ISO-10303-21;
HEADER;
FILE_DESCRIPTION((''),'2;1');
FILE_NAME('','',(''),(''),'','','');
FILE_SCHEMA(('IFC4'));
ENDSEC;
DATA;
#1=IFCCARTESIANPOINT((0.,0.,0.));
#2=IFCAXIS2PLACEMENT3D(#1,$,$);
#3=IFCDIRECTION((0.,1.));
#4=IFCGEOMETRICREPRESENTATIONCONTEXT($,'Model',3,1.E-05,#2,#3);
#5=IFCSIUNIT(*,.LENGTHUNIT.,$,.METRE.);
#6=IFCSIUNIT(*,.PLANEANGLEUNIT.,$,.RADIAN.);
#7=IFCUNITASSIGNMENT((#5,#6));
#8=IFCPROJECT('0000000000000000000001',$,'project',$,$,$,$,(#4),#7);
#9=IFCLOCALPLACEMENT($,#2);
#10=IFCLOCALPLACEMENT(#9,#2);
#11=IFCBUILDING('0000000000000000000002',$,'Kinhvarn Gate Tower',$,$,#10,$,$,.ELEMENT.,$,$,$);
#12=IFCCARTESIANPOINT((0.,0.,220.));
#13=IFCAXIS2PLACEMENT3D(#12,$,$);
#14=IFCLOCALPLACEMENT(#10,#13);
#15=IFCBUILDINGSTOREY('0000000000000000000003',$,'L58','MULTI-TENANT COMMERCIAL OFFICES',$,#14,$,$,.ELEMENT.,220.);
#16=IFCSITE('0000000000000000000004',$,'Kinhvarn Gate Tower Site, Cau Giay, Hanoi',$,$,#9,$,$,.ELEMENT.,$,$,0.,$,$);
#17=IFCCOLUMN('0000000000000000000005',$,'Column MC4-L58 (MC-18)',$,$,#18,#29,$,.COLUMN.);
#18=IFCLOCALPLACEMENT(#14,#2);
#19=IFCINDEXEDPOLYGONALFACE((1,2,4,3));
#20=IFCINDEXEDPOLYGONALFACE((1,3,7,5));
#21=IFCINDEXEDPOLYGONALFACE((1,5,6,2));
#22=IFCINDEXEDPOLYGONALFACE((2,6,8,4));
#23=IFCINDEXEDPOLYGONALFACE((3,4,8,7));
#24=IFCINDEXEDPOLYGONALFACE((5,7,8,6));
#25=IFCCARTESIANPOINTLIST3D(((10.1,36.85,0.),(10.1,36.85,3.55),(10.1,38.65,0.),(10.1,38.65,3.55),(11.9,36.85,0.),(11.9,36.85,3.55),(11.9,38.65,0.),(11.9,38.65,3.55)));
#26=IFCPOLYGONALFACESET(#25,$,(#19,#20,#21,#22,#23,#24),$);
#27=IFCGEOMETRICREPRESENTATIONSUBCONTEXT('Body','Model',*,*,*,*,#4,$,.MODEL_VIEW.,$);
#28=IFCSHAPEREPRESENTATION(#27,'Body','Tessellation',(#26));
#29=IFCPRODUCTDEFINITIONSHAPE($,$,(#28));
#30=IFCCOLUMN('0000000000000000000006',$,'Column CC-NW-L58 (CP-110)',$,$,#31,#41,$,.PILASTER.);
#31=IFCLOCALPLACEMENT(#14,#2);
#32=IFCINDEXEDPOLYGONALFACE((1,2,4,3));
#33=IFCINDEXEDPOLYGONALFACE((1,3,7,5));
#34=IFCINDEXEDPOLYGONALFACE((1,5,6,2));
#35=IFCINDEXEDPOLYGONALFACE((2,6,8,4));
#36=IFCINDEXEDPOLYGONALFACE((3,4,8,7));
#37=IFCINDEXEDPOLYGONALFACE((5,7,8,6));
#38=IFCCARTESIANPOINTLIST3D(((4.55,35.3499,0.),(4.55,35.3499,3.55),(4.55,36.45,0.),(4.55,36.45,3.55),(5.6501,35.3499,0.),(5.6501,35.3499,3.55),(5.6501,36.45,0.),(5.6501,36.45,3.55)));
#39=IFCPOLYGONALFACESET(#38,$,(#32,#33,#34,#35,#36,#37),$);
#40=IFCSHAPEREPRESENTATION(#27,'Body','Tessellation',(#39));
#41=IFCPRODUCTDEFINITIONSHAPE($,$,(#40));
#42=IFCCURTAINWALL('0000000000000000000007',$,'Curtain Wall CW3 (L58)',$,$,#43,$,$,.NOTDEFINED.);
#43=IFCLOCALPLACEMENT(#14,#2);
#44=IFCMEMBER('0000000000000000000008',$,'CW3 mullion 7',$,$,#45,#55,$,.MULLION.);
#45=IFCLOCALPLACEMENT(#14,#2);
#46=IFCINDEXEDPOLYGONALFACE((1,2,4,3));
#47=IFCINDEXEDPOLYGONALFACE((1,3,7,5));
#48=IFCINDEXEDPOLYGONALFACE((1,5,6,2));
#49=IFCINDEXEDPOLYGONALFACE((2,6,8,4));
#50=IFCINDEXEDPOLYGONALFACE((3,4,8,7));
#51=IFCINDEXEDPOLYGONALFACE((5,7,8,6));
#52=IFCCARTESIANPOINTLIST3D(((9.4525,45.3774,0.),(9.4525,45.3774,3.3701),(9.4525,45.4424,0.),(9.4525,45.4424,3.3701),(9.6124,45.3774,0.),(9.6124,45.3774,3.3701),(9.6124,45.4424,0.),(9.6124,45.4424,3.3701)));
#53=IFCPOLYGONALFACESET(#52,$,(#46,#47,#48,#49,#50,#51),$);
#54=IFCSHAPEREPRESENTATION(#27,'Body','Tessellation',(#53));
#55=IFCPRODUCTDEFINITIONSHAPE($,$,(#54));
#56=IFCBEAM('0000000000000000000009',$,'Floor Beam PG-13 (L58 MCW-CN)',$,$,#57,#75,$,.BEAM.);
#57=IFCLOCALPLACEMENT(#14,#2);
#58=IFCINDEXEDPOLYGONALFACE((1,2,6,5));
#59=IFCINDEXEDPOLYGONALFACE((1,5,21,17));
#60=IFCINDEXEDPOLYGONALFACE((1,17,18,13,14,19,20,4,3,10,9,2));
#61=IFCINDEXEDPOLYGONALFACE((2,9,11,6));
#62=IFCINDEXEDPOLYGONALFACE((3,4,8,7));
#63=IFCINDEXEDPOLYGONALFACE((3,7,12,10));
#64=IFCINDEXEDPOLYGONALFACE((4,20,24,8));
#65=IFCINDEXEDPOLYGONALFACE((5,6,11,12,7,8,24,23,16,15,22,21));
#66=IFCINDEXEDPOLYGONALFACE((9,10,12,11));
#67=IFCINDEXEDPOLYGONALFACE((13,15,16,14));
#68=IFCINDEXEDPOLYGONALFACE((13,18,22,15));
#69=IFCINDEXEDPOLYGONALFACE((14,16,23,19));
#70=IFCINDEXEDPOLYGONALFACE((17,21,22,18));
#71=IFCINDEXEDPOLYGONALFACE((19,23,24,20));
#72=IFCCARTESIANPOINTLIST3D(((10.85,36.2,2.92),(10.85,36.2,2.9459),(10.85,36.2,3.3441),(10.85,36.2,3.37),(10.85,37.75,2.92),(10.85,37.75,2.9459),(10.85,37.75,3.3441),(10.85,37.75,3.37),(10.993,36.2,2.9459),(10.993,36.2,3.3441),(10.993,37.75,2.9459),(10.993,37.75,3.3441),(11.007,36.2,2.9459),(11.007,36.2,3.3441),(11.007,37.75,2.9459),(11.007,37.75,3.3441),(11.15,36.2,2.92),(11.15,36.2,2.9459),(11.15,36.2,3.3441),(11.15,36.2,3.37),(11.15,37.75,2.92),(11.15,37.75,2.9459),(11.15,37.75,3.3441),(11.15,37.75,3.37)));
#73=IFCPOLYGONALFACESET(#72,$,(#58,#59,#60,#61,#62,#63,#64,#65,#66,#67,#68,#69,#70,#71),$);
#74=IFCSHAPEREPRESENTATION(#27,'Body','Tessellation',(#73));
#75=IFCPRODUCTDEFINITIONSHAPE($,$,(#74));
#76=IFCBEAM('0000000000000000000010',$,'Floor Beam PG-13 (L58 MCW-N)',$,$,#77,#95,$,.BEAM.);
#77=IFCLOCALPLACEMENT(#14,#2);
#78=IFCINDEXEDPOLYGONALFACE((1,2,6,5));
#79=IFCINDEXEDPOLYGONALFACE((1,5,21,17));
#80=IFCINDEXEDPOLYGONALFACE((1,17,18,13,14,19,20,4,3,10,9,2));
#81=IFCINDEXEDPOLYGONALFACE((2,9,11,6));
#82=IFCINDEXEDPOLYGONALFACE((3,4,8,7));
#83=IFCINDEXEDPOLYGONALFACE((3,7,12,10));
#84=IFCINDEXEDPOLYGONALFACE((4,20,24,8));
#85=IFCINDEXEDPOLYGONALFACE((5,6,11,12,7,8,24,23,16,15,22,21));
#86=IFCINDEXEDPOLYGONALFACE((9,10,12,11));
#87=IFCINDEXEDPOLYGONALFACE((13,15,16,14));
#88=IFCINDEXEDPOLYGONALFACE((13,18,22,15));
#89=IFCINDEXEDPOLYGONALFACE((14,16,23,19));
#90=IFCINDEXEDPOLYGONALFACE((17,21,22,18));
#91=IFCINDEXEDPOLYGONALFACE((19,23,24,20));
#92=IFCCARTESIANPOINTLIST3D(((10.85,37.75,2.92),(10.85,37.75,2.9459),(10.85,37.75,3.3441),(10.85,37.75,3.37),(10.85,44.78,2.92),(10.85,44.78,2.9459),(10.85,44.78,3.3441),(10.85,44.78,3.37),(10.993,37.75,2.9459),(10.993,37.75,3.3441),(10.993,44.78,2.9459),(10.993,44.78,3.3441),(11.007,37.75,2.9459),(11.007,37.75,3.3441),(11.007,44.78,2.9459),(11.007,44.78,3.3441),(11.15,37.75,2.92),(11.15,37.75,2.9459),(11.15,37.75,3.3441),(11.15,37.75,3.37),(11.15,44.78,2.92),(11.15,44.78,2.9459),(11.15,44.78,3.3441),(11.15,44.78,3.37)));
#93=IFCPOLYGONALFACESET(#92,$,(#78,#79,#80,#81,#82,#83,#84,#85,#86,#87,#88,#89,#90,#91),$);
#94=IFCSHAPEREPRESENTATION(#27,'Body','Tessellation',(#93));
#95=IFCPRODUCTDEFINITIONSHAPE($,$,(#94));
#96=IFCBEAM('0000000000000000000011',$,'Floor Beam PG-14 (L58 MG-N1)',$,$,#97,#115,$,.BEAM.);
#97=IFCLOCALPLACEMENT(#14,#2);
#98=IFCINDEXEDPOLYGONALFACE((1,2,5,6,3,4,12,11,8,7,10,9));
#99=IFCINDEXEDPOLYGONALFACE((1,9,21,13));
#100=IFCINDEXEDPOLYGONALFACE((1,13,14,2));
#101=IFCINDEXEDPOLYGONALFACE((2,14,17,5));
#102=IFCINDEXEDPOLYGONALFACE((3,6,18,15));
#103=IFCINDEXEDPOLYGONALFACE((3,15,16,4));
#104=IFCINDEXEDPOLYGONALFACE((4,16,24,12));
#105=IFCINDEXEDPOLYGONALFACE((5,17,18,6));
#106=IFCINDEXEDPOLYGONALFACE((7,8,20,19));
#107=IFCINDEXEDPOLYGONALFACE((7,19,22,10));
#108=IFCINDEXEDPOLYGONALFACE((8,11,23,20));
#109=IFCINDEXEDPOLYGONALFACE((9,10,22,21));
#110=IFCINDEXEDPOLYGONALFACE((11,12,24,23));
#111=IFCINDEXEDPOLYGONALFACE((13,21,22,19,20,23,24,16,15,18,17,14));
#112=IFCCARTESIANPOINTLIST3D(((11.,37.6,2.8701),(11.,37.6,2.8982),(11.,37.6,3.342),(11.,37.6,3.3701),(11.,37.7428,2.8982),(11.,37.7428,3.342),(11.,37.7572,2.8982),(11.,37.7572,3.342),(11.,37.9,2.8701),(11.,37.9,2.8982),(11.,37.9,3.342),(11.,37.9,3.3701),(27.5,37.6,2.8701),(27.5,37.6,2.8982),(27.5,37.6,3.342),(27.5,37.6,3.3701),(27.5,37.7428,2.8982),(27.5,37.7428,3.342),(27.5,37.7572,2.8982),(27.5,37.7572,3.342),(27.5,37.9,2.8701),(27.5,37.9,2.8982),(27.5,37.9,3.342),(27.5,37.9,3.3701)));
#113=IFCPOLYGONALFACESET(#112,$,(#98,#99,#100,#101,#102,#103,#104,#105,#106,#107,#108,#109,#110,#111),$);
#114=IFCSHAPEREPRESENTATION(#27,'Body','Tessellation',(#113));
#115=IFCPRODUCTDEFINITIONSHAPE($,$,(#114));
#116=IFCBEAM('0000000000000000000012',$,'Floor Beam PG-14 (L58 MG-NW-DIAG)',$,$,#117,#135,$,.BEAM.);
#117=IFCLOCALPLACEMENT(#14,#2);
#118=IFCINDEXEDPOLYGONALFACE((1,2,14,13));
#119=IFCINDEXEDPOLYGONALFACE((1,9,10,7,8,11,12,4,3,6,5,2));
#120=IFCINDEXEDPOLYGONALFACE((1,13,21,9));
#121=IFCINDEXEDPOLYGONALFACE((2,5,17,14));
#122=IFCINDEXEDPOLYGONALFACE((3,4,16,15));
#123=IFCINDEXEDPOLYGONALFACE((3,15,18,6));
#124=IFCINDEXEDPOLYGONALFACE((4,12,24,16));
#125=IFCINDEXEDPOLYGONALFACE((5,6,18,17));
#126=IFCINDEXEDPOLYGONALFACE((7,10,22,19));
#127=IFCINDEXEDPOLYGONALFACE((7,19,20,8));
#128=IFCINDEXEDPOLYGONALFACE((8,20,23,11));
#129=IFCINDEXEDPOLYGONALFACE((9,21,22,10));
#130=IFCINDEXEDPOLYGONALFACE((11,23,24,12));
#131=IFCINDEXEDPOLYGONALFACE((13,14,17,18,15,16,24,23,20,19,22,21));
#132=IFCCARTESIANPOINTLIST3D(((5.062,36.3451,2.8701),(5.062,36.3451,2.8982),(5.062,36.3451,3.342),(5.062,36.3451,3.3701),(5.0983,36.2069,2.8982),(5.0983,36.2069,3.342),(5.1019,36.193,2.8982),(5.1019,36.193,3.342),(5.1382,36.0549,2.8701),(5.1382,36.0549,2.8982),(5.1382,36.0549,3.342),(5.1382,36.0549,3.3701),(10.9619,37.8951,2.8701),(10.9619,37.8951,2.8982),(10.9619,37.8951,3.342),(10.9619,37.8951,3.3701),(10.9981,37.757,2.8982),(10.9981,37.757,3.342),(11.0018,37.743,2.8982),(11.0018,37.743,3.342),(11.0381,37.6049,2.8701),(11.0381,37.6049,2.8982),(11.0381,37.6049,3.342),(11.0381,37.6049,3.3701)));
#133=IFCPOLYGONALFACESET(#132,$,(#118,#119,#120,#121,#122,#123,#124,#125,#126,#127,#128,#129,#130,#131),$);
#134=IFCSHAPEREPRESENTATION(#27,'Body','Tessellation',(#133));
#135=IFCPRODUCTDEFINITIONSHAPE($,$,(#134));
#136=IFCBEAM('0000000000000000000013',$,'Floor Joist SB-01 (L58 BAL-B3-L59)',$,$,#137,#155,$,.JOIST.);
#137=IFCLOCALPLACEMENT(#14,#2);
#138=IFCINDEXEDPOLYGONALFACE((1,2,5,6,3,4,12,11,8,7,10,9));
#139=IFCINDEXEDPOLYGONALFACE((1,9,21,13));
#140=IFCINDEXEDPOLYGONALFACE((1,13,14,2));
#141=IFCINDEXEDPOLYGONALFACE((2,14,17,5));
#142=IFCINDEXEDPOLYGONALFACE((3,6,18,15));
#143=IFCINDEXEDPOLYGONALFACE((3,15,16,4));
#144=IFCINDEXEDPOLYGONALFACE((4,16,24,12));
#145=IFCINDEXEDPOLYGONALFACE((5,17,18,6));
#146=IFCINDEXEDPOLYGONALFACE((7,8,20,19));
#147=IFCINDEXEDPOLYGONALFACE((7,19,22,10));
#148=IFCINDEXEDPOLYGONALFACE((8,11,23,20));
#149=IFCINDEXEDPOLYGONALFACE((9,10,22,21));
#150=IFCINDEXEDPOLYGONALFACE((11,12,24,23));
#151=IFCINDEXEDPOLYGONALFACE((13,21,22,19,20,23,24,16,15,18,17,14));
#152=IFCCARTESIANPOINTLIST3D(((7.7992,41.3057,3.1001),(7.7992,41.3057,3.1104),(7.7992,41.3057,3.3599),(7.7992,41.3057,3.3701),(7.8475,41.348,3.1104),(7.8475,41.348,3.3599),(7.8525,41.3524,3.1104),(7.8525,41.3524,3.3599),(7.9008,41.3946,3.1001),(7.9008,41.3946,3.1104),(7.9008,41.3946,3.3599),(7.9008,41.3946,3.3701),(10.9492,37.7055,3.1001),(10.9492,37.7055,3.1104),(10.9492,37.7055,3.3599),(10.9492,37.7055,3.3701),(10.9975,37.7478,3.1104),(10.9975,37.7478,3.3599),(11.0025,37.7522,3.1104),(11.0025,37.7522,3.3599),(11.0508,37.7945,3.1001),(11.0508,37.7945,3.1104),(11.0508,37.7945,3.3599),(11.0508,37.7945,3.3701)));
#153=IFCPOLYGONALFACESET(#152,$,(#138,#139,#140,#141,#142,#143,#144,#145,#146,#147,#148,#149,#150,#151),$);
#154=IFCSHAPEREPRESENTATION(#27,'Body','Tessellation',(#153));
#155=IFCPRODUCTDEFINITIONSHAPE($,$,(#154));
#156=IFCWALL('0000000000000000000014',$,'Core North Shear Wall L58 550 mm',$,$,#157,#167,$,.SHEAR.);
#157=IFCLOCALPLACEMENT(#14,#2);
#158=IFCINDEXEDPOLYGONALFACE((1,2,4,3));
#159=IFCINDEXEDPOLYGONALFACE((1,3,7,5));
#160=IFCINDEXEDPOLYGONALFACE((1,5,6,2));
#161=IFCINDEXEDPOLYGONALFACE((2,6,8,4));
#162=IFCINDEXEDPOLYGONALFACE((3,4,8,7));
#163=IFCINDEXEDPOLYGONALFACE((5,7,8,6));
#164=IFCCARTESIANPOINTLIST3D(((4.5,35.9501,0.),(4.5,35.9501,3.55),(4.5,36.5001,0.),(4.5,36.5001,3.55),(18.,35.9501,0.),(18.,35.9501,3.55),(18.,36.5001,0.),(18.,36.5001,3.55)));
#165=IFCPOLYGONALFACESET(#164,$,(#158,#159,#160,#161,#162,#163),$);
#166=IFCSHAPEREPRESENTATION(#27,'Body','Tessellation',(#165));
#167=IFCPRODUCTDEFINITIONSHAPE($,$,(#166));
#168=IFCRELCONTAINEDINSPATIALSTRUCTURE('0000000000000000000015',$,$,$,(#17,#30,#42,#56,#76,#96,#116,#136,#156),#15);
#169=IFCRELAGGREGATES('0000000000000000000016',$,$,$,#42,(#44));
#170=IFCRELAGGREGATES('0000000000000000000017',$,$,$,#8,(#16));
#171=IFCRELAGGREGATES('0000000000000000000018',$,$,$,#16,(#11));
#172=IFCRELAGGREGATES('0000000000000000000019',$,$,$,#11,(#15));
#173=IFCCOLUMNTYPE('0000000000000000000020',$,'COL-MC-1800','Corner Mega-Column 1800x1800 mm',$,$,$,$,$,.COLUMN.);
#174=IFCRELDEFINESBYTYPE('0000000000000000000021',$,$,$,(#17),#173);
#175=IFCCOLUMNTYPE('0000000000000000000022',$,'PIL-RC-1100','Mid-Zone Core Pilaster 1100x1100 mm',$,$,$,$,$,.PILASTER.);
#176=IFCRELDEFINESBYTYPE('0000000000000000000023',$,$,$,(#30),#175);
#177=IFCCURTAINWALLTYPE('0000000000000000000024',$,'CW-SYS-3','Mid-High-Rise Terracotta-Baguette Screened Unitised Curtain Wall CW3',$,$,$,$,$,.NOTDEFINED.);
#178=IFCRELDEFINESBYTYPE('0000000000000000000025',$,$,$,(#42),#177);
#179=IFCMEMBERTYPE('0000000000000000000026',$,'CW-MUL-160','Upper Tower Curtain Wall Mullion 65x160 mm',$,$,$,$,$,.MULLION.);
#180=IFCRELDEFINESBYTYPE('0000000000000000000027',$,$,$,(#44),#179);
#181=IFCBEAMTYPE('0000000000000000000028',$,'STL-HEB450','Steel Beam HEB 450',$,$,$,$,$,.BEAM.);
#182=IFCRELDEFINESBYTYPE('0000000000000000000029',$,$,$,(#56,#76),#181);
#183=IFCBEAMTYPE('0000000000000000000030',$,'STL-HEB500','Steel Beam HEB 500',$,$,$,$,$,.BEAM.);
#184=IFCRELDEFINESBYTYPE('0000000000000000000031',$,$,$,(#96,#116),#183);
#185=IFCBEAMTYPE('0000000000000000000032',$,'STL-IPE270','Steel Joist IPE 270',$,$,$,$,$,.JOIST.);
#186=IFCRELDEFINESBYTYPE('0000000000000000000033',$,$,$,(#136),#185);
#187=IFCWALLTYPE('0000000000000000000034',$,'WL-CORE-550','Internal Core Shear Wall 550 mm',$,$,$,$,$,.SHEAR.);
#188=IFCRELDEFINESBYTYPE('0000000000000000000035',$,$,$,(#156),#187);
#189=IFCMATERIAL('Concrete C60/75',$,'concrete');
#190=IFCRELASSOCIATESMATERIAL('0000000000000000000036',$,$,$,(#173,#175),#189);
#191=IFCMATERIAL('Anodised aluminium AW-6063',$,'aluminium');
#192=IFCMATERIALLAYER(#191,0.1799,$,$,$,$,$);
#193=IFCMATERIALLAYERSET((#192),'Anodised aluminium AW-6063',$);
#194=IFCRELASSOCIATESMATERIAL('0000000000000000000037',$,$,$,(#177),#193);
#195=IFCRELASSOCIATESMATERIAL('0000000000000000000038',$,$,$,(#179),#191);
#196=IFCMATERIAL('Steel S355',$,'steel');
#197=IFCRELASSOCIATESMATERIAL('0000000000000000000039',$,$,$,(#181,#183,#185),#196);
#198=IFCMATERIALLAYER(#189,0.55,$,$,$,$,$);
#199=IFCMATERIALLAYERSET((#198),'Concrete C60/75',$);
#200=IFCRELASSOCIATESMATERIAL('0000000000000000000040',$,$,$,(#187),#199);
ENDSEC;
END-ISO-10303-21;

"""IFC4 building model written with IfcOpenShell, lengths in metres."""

from ifc_helpers import new_model, si_unit, direction, frame, frame_2d, origin, origin_2d, place, context, subcontext, project, spatial, rectangle, i_section, extrude, material, layer, layer_set, material_profile, profile_set, type_object, element, aggregate, save


model = new_model("IFC4")

# Units and contexts
model_context = context("Model", 3, precision=1e-05, world=origin(), true_north=direction((0.0, 1.0)))
body_context = subcontext(model_context, "Body", "Model", "MODEL_VIEW")
ifc_project = project(units=[si_unit("LENGTHUNIT", "METRE"), si_unit("PLANEANGLEUNIT", "RADIAN")], contexts=[model_context])

# Site, building, storey
site_placement = place(None, origin())
site = spatial("IfcSite", under=ifc_project, at=site_placement, Name="Kinhvarn Gate Tower Site, Cau Giay, Hanoi", CompositionType="ELEMENT", RefElevation=0.0)
building_placement = place(site_placement, origin())
building = spatial("IfcBuilding", under=site, at=building_placement, Name="Kinhvarn Gate Tower", CompositionType="ELEMENT")
storey_placement = place(building_placement, frame((0.0, 0.0, 220.0)))
storey = spatial("IfcBuildingStorey", under=building, at=storey_placement, Name="L58", Description="MULTI-TENANT COMMERCIAL OFFICES", CompositionType="ELEMENT", Elevation=220.0)

# Columns
ifc_material_1 = material(Name="Concrete C60/75", Category="concrete")
ifc_material_profile_1 = material_profile(ifc_material_1, rectangle(XDim=1.8, YDim=1.8, at=origin_2d()), Name="RC 1800x1800")
ifc_profile_set_1 = profile_set([ifc_material_profile_1], Name="Concrete C60/75")
column_type_1 = type_object("IfcColumnType", Name="COL-MC-1800", Description="Corner Mega-Column 1800x1800 mm", PredefinedType="COLUMN", material=ifc_profile_set_1)
column_1_placement = place(storey_placement, frame((11.0, 37.75, 0.0), z_axis=(0.0, 0.0, 1.0), x_axis=(1.0, 0.0, 0.0)))
element("IfcColumn", 1, at=column_1_placement, inside=storey, type_object=column_type_1, Name="Column MC4-L58 (MC-18)", PredefinedType="COLUMN", context=body_context, shape_type="SweptSolid", body=[
    extrude(rectangle(XDim=1.8, YDim=1.8, at=origin_2d()), origin(), (0.0, 0.0, 1.0), 3.55),
])
ifc_material_profile_2 = material_profile(ifc_material_1, rectangle(XDim=1.1001, YDim=1.1001, at=origin_2d()), Name="RC 1100x1100")
ifc_profile_set_2 = profile_set([ifc_material_profile_2], Name="Concrete C60/75")
column_type_2 = type_object("IfcColumnType", Name="PIL-RC-1100", Description="Mid-Zone Core Pilaster 1100x1100 mm", PredefinedType="PILASTER", material=ifc_profile_set_2)
column_2_placement = place(storey_placement, frame((5.1001, 35.8999, 0.0), z_axis=(0.0, 0.0, 1.0), x_axis=(1.0, 0.0, 0.0)))
element("IfcColumn", 2, at=column_2_placement, inside=storey, type_object=column_type_2, Name="Column CC-NW-L58 (CP-110)", PredefinedType="PILASTER", context=body_context, shape_type="SweptSolid", body=[
    extrude(rectangle(XDim=1.1001, YDim=1.1001, at=origin_2d()), origin(), (0.0, 0.0, 1.0), 3.55),
])

# Curtain wall, member
ifc_material_2 = material(Name="Anodised aluminium AW-6063", Category="aluminium")
ifc_layer_1 = layer(ifc_material_2, 0.1799)
ifc_layer_set_1 = layer_set([ifc_layer_1], Name="Anodised aluminium AW-6063")
curtain_wall_type = type_object("IfcCurtainWallType", Name="CW-SYS-3", Description="Mid-High-Rise Terracotta-Baguette Screened Unitised Curtain Wall CW3", PredefinedType="NOTDEFINED", material=ifc_layer_set_1)
curtain_wall_placement = place(storey_placement, origin())
curtain_wall = element("IfcCurtainWall", 3, at=curtain_wall_placement, inside=storey, type_object=curtain_wall_type, Name="Curtain Wall CW3 (L58)", PredefinedType="NOTDEFINED")
ifc_material_profile_3 = material_profile(ifc_material_2, rectangle(XDim=0.0649, YDim=0.1599, at=origin_2d()), Name="ALU 65x160")
ifc_profile_set_3 = profile_set([ifc_material_profile_3], Name="Anodised aluminium AW-6063")
member_type = type_object("IfcMemberType", Name="CW-MUL-160", Description="Upper Tower Curtain Wall Mullion 65x160 mm", PredefinedType="MULLION", material=ifc_profile_set_3)
member_placement = place(storey_placement, frame((9.5325, 45.4099, 0.0), z_axis=(0.0, 0.0, 1.0), x_axis=(0.0, -1.0, 0.0)))
member = element("IfcMember", 4, at=member_placement, type_object=member_type, Name="CW3 mullion 7", PredefinedType="MULLION", context=body_context, shape_type="SweptSolid", body=[
    extrude(rectangle(XDim=0.0649, YDim=0.1599, at=origin_2d()), origin(), (0.0, 0.0, 1.0), 3.3701),
])
aggregate(curtain_wall, [member])

# Beams
ifc_material_3 = material(Name="Steel S355", Category="steel")
ifc_material_profile_4 = material_profile(ifc_material_3, i_section(OverallWidth=0.3, OverallDepth=0.45, WebThickness=0.0139, FlangeThickness=0.0259, at=origin_2d()), Name="HEB 450")
ifc_profile_set_4 = profile_set([ifc_material_profile_4], Name="Steel S355")
beam_type_1 = type_object("IfcBeamType", Name="STL-HEB450", Description="Steel Beam HEB 450", PredefinedType="BEAM", material=ifc_profile_set_4)
beam_1_placement = place(storey_placement, frame((11.0, 36.2, 3.145), z_axis=(0.0, 1.0, 0.0), x_axis=(-1.0, 0.0, 0.0)))
element("IfcBeam", 5, at=beam_1_placement, inside=storey, type_object=beam_type_1, Name="Floor Beam PG-13 (L58 MCW-CN)", PredefinedType="BEAM", context=body_context, shape_type="SweptSolid", body=[
    extrude(i_section(OverallWidth=0.3, OverallDepth=0.45, WebThickness=0.0139, FlangeThickness=0.0259, at=origin_2d()), origin(), (0.0, 0.0, 1.0), 1.55),
])
beam_2_placement = place(storey_placement, frame((11.0, 37.75, 3.145), z_axis=(0.0, 1.0, 0.0), x_axis=(-1.0, 0.0, 0.0)))
element("IfcBeam", 6, at=beam_2_placement, inside=storey, type_object=beam_type_1, Name="Floor Beam PG-13 (L58 MCW-N)", PredefinedType="BEAM", context=body_context, shape_type="SweptSolid", body=[
    extrude(i_section(OverallWidth=0.3, OverallDepth=0.45, WebThickness=0.0139, FlangeThickness=0.0259, at=origin_2d()), origin(), (0.0, 0.0, 1.0), 7.03),
])
ifc_material_profile_5 = material_profile(ifc_material_3, i_section(OverallWidth=0.3, OverallDepth=0.5, WebThickness=0.0144, FlangeThickness=0.0281, at=origin_2d()), Name="HEB 500")
ifc_profile_set_5 = profile_set([ifc_material_profile_5], Name="Steel S355")
beam_type_2 = type_object("IfcBeamType", Name="STL-HEB500", Description="Steel Beam HEB 500", PredefinedType="BEAM", material=ifc_profile_set_5)
beam_3_placement = place(storey_placement, frame((11.0, 37.75, 3.1201), z_axis=(1.0, 0.0, 0.0), x_axis=(0.0, 1.0, 0.0)))
element("IfcBeam", 7, at=beam_3_placement, inside=storey, type_object=beam_type_2, Name="Floor Beam PG-14 (L58 MG-N1)", PredefinedType="BEAM", context=body_context, shape_type="SweptSolid", body=[
    extrude(i_section(OverallWidth=0.3, OverallDepth=0.5, WebThickness=0.0144, FlangeThickness=0.0281, at=origin_2d()), origin(), (0.0, 0.0, 1.0), 16.5),
])
beam_4_placement = place(storey_placement, frame((5.1001, 36.2, 3.1201), z_axis=(0.967178, 0.254101, 0.0), x_axis=(-0.254101, 0.967178, 0.0)))
element("IfcBeam", 8, at=beam_4_placement, inside=storey, type_object=beam_type_2, Name="Floor Beam PG-14 (L58 MG-NW-DIAG)", PredefinedType="BEAM", context=body_context, shape_type="SweptSolid", body=[
    extrude(i_section(OverallWidth=0.3, OverallDepth=0.5, WebThickness=0.0144, FlangeThickness=0.0281, at=origin_2d()), origin(), (0.0, 0.0, 1.0), 6.1001),
])
ifc_material_profile_6 = material_profile(ifc_material_3, i_section(OverallWidth=0.135, OverallDepth=0.27, WebThickness=0.0066, FlangeThickness=0.0103, at=origin_2d()), Name="IPE 270")
ifc_profile_set_6 = profile_set([ifc_material_profile_6], Name="Steel S355")
beam_type_3 = type_object("IfcBeamType", Name="STL-IPE270", Description="Steel Joist IPE 270", PredefinedType="JOIST", material=ifc_profile_set_6)
beam_5_placement = place(storey_placement, frame((11.0, 37.75, 3.2351), z_axis=(-0.658483, 0.752596, 0.0), x_axis=(-0.752596, -0.658483, 0.0)))
element("IfcBeam", 9, at=beam_5_placement, inside=storey, type_object=beam_type_3, Name="Floor Joist SB-01 (L58 BAL-B3-L59)", PredefinedType="JOIST", context=body_context, shape_type="SweptSolid", body=[
    extrude(i_section(OverallWidth=0.135, OverallDepth=0.27, WebThickness=0.0066, FlangeThickness=0.0103, at=origin_2d()), origin(), (0.0, 0.0, 1.0), 4.7837),
])

# Wall
ifc_layer_2 = layer(ifc_material_1, 0.55)
ifc_layer_set_2 = layer_set([ifc_layer_2], Name="Concrete C60/75")
wall_type_1 = type_object("IfcWallType", Name="WL-CORE-550", Description="Internal Core Shear Wall 550 mm", PredefinedType="SHEAR", material=ifc_layer_set_2)
wall_1_placement = place(storey_placement, frame((4.5, 36.2251, 0.0), z_axis=(0.0, 0.0, 1.0), x_axis=(1.0, 0.0, 0.0)))
element("IfcWall", 10, at=wall_1_placement, inside=storey, type_object=wall_type_1, Name="Core North Shear Wall L58 550 mm", PredefinedType="SHEAR", context=body_context, shape_type="SweptSolid", body=[
    extrude(rectangle(XDim=13.5, YDim=0.55, at=frame_2d((6.75, 0.0))), origin(), (0.0, 0.0, 1.0), 3.55),
])

save(model, "model.ifc")
